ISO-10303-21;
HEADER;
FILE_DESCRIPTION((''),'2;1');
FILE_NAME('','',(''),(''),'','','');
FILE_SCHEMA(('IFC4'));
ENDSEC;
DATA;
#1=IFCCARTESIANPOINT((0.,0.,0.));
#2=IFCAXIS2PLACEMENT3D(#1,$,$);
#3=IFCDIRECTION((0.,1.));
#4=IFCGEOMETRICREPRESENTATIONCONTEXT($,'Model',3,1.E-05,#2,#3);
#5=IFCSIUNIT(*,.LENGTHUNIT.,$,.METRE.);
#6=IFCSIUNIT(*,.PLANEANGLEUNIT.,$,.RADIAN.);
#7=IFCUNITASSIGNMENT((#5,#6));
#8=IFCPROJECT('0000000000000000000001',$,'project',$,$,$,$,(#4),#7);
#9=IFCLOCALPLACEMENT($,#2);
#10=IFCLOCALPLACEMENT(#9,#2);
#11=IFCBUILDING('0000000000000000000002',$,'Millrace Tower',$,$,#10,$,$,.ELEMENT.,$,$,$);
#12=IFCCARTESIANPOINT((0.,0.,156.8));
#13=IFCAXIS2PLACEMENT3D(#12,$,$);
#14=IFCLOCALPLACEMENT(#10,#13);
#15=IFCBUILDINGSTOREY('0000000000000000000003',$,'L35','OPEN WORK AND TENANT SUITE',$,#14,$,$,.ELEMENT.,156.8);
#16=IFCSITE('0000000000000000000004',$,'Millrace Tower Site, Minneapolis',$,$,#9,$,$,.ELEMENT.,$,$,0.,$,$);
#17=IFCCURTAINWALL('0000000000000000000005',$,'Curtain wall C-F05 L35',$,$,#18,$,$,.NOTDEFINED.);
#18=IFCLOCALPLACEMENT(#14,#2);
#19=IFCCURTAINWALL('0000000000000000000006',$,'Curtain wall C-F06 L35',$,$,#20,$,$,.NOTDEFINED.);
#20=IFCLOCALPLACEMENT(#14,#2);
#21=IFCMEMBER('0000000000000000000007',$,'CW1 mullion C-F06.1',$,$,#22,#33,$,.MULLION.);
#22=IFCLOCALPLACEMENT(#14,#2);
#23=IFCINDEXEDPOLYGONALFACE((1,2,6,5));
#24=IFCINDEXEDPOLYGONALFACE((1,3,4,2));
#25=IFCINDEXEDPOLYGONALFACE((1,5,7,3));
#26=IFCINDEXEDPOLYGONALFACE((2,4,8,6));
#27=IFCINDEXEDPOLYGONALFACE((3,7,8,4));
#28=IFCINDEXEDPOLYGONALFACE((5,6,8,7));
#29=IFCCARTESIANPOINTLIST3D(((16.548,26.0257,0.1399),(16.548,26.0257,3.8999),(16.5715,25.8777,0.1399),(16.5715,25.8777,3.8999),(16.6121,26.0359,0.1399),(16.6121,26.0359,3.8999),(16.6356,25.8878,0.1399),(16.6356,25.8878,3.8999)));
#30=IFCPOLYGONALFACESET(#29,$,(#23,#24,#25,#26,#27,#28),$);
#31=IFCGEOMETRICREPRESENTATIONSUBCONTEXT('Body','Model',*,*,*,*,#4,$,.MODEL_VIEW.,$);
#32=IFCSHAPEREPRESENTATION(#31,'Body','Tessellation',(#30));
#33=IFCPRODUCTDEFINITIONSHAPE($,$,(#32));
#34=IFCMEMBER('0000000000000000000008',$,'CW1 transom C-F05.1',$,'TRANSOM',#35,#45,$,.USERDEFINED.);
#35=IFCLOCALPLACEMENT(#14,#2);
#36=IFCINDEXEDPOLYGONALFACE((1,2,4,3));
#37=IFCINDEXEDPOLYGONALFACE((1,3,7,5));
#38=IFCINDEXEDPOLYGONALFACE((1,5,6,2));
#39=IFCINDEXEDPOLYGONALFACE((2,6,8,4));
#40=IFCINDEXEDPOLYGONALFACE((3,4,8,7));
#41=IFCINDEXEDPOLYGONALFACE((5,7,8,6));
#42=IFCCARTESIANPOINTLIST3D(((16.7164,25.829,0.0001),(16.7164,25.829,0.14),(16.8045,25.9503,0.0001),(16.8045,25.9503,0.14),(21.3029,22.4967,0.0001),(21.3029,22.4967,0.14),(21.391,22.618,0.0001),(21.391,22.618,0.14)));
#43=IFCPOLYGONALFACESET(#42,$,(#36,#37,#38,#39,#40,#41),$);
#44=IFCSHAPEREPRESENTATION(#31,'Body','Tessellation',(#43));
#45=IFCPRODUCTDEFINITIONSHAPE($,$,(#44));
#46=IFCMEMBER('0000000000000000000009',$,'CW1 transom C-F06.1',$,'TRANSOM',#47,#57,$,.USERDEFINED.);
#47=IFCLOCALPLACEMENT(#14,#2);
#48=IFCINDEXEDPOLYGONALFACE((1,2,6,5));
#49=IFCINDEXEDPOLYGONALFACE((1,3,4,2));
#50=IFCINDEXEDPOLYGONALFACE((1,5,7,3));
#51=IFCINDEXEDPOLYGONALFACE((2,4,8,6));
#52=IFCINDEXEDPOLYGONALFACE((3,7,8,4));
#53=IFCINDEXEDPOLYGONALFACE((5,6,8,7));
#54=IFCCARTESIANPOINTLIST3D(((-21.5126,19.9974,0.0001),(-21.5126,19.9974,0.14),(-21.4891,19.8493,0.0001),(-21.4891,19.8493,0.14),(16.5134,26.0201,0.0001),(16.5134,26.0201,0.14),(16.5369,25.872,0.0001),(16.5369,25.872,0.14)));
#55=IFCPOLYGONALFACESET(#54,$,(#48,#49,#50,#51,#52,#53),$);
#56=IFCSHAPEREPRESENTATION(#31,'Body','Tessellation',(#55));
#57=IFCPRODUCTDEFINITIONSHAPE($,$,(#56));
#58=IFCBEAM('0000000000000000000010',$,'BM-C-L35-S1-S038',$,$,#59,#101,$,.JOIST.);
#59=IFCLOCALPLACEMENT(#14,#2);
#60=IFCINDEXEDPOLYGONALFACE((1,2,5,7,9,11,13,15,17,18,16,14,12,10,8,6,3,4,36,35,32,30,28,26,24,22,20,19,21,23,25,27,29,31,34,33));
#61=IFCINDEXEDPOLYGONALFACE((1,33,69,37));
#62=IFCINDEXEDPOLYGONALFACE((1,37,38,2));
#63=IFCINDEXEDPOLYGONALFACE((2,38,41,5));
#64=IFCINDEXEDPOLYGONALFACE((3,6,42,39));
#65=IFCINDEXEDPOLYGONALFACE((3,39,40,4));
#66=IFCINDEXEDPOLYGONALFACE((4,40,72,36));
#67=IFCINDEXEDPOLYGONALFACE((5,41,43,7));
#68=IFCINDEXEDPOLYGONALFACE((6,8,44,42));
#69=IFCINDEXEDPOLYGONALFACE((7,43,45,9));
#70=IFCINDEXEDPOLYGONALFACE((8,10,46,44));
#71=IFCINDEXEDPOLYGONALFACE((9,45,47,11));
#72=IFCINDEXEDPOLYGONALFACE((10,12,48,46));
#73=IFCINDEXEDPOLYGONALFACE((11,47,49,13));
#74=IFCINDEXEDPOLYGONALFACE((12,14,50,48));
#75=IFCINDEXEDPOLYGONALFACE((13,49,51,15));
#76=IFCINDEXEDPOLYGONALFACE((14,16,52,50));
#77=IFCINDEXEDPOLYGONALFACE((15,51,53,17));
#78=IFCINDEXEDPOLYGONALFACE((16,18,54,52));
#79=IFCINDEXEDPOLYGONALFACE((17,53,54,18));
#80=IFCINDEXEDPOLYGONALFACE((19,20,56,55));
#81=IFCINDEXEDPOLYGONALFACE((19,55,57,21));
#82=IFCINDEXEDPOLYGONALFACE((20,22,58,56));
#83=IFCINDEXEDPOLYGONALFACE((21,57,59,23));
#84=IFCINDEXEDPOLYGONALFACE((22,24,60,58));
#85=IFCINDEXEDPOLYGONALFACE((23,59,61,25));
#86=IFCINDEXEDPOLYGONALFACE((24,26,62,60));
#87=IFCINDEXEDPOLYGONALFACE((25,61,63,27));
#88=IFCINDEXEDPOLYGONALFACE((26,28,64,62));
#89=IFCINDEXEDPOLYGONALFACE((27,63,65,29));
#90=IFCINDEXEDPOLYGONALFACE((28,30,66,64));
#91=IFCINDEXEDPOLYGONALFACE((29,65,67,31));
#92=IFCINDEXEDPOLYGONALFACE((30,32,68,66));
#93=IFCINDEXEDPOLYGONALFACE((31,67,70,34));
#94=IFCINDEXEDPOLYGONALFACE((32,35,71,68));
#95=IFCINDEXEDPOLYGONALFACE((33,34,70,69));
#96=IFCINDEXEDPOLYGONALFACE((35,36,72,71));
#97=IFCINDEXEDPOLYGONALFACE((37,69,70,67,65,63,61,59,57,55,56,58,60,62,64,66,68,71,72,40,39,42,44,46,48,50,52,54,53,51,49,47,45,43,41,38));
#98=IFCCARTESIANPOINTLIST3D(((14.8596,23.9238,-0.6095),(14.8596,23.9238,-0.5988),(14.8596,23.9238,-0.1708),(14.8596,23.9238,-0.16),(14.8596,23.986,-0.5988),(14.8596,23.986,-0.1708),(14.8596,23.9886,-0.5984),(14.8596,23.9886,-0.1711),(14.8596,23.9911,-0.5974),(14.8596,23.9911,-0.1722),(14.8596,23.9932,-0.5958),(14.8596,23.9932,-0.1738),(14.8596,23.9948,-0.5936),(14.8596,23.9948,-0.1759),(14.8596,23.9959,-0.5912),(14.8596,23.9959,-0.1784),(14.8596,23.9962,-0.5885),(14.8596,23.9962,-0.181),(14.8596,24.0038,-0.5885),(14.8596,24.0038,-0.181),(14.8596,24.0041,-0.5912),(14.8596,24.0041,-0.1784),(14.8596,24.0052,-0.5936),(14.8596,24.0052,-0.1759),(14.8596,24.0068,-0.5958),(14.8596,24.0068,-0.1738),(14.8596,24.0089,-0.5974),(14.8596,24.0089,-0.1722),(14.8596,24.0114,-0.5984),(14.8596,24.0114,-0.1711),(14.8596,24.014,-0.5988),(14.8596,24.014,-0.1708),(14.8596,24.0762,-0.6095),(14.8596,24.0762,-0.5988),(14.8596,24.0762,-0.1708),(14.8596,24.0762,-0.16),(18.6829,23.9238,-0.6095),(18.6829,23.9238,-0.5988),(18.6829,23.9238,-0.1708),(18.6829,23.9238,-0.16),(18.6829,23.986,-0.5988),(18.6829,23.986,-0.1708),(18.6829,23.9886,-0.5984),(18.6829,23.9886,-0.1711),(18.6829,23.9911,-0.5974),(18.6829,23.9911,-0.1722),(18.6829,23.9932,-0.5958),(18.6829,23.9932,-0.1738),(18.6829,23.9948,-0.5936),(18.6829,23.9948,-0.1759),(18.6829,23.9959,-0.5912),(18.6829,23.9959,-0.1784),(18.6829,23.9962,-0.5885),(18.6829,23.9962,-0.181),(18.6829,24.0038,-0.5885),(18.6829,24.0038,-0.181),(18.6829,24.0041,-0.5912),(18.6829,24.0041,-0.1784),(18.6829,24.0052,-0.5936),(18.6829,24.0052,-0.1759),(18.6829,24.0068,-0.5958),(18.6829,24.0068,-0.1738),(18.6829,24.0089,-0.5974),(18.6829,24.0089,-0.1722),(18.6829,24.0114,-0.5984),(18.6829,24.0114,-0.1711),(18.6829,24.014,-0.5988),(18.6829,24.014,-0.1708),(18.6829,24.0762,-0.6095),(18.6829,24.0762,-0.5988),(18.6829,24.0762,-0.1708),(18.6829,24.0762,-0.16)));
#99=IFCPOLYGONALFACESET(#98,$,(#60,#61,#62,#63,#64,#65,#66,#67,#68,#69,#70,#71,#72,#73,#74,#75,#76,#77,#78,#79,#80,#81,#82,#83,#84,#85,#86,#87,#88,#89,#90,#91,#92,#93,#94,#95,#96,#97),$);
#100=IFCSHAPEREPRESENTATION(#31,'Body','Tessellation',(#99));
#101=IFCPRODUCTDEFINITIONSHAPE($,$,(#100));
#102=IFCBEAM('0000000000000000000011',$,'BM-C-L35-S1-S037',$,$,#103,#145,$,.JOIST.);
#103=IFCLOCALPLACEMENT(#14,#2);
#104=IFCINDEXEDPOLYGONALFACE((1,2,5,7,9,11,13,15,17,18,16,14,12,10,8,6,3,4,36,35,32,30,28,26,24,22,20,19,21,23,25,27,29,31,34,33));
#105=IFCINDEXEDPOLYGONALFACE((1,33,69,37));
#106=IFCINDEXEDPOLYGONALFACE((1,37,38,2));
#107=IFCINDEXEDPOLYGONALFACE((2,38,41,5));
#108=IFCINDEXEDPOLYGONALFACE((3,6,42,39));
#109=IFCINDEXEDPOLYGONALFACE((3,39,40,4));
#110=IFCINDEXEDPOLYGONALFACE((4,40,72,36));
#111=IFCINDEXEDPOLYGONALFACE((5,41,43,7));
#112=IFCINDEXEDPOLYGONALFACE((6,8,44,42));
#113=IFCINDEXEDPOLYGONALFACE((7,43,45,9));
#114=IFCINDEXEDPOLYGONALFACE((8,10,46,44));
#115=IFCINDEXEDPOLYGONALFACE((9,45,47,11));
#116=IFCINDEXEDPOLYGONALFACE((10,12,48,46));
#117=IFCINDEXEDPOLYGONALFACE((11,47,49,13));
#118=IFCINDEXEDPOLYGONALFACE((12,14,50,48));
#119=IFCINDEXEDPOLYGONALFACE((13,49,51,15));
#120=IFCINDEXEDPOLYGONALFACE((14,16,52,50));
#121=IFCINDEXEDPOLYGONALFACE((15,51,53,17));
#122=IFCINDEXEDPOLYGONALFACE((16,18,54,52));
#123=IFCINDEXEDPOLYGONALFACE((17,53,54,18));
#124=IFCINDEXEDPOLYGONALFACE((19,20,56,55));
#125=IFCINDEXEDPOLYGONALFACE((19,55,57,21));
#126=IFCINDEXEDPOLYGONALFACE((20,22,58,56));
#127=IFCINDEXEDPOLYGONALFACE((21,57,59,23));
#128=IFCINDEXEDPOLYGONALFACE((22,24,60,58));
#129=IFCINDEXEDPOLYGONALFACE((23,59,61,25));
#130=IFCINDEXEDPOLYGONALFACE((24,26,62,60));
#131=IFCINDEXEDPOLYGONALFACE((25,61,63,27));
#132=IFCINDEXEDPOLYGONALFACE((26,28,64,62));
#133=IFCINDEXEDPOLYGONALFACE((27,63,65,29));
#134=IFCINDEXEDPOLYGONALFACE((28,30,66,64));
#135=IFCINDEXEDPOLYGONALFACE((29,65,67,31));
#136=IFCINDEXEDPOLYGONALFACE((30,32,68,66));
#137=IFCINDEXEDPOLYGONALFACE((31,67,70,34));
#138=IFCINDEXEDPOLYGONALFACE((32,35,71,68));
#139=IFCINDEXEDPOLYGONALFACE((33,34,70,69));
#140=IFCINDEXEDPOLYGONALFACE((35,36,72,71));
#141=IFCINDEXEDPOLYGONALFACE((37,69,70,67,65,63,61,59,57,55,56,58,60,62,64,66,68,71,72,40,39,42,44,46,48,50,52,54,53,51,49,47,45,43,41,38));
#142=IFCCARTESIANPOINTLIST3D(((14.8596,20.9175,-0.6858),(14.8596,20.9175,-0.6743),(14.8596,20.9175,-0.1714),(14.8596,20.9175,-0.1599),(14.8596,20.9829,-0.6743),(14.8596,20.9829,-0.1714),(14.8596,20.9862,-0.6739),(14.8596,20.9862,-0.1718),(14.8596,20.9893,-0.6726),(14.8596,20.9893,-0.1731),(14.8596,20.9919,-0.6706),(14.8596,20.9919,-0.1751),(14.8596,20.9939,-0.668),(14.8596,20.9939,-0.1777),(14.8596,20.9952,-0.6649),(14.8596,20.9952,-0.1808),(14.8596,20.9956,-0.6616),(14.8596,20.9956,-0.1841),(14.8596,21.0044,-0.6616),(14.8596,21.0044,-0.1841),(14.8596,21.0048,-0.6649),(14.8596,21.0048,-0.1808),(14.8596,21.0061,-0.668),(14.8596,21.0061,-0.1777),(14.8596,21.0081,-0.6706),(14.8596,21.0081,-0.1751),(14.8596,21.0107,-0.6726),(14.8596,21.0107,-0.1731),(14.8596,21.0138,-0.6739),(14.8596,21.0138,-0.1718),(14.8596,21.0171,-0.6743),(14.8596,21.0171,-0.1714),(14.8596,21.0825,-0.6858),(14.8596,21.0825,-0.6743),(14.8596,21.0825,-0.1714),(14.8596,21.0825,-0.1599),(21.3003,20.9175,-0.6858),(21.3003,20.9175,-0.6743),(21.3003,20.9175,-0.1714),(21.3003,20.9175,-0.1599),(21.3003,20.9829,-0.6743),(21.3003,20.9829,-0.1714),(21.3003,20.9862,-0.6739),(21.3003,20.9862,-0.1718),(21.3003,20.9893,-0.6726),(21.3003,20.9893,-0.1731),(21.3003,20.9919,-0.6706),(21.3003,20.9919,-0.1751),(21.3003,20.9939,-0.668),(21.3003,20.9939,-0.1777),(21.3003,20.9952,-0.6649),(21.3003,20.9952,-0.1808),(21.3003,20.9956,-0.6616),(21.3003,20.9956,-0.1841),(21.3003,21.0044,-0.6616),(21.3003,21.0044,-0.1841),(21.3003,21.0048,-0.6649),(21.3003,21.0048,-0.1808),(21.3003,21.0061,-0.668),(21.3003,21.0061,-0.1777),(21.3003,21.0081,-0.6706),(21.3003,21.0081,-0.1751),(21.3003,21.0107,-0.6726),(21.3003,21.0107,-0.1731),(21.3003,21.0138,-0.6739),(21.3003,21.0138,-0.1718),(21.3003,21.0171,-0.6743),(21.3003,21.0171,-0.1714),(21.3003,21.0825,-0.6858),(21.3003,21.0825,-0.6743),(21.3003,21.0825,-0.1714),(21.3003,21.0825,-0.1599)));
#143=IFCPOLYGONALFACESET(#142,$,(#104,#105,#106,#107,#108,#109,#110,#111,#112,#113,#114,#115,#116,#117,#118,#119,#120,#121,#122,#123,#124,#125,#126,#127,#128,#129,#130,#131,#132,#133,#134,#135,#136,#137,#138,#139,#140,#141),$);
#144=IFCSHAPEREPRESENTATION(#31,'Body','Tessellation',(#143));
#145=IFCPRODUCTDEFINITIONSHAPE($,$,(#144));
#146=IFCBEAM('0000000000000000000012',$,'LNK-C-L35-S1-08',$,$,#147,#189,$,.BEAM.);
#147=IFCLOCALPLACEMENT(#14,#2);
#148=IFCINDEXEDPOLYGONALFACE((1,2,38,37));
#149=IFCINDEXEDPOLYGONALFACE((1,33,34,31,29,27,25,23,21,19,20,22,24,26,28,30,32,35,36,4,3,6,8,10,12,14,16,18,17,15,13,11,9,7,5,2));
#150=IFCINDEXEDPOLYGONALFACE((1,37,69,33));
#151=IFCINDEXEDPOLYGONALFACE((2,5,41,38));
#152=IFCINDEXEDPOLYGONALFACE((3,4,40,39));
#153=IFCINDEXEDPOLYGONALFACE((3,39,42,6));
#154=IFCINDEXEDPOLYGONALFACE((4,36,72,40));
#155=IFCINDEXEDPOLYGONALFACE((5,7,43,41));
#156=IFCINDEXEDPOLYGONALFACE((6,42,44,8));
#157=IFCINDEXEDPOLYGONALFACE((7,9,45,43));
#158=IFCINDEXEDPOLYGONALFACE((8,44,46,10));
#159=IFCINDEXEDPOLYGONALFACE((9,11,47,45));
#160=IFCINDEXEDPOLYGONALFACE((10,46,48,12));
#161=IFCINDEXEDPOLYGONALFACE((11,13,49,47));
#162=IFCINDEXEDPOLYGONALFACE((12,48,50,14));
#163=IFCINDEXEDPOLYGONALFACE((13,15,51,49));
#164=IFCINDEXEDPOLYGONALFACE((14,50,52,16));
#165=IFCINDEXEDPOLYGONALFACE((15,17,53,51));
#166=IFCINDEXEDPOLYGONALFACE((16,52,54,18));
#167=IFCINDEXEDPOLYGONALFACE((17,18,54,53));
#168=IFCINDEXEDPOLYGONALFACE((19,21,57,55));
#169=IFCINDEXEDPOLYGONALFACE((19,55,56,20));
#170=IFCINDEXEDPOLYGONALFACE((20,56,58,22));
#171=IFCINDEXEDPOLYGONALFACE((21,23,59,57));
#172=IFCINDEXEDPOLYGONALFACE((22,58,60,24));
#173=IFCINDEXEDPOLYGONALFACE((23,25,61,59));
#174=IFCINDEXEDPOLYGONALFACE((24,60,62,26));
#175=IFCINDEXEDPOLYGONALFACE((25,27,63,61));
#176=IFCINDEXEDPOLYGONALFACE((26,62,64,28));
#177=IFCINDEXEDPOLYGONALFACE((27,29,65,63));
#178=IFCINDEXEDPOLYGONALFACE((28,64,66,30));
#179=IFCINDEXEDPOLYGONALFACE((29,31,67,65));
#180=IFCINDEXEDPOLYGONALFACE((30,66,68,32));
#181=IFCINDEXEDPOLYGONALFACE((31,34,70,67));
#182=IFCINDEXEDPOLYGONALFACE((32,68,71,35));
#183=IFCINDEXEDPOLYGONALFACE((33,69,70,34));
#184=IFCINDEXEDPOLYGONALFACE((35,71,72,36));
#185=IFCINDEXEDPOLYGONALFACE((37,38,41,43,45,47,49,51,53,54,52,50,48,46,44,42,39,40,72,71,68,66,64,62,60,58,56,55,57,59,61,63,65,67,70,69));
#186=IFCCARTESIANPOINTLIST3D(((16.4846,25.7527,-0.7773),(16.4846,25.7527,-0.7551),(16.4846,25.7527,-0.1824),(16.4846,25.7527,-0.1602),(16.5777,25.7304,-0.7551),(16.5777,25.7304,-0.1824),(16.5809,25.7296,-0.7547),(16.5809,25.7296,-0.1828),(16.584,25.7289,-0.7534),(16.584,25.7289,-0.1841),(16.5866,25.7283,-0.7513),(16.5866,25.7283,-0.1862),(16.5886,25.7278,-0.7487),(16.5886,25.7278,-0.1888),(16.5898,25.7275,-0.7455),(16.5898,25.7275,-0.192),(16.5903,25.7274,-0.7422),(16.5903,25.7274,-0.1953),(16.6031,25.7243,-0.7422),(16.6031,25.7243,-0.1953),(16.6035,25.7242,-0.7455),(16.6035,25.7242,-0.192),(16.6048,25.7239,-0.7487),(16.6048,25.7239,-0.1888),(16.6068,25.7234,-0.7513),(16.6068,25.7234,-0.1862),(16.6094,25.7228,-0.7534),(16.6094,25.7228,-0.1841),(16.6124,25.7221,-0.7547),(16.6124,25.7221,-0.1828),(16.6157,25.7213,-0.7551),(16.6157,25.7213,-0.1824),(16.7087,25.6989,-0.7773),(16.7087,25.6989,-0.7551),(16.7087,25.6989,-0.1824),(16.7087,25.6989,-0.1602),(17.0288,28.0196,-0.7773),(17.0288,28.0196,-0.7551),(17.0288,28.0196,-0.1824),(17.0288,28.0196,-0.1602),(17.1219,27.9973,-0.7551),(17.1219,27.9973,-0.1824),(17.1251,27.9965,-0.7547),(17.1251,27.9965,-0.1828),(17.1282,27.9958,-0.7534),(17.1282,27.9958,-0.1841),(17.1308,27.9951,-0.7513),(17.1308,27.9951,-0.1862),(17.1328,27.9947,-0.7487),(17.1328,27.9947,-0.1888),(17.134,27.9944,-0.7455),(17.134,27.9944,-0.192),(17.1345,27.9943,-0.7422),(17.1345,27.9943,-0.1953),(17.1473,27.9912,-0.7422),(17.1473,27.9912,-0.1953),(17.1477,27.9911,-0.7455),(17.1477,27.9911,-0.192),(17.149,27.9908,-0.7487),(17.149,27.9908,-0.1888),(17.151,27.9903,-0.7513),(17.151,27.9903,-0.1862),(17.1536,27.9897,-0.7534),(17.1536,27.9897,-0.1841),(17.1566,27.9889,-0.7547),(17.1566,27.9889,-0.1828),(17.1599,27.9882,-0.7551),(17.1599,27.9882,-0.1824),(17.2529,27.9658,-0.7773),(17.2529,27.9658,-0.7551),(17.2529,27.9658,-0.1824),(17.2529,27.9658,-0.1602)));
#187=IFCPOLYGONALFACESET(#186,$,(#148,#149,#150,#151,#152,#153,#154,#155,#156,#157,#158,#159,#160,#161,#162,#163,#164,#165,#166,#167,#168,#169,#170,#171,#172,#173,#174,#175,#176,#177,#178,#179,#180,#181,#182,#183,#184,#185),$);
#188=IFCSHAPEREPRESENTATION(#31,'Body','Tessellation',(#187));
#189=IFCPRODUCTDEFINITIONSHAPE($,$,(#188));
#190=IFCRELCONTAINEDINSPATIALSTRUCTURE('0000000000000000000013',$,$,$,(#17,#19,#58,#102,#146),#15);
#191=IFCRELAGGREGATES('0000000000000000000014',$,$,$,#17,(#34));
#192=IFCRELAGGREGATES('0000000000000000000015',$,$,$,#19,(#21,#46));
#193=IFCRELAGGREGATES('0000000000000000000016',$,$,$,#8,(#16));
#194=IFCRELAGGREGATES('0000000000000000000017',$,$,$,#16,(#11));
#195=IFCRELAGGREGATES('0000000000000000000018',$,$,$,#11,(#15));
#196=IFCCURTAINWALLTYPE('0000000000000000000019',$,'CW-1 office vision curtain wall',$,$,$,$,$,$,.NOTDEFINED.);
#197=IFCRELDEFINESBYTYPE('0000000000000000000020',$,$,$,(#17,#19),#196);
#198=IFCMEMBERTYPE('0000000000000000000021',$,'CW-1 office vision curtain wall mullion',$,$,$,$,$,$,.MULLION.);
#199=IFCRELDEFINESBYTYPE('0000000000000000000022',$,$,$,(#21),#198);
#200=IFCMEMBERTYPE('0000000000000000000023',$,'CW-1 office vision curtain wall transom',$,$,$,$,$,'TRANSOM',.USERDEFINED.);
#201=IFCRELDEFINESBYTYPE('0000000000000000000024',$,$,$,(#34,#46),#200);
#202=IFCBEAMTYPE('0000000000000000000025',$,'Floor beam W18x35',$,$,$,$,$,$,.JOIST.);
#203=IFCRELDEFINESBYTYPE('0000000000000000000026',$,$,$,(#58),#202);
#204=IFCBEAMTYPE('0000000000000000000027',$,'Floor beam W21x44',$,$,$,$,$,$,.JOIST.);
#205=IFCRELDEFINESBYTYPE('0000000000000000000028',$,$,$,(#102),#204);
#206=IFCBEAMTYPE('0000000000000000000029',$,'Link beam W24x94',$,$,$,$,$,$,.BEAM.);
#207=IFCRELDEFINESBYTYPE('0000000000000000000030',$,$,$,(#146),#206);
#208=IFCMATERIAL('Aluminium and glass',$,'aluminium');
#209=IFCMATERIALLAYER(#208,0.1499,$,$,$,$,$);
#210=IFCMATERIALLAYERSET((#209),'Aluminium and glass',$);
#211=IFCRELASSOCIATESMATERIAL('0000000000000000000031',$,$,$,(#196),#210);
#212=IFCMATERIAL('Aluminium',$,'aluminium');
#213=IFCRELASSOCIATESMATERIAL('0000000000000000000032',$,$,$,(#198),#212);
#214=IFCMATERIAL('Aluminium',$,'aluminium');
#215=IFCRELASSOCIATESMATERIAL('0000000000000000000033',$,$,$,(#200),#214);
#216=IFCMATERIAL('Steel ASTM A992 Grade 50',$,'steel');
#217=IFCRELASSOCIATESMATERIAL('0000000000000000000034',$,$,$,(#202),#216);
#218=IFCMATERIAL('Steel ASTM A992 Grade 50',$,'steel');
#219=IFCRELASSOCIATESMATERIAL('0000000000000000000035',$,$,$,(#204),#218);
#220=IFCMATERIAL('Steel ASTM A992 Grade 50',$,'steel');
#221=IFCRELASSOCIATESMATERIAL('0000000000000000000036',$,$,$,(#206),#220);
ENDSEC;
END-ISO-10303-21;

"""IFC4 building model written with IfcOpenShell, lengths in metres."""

from ifc_helpers import new_model, si_unit, direction, frame, origin, origin_2d, place, context, subcontext, project, spatial, rectangle, i_section, extrude, material, layer, layer_set, material_profile, profile_set, type_object, element, aggregate, save


model = new_model("IFC4")

# Units and contexts
model_context = context("Model", 3, precision=1e-05, world=origin(), true_north=direction((0.0, 1.0)))
body_context = subcontext(model_context, "Body", "Model", "MODEL_VIEW")
ifc_project = project(units=[si_unit("LENGTHUNIT", "METRE"), si_unit("PLANEANGLEUNIT", "RADIAN")], contexts=[model_context])

# Site, building, storey
site_placement = place(None, origin())
site = spatial("IfcSite", under=ifc_project, at=site_placement, Name="Millrace Tower Site, Minneapolis", CompositionType="ELEMENT", RefElevation=0.0)
building_placement = place(site_placement, origin())
building = spatial("IfcBuilding", under=site, at=building_placement, Name="Millrace Tower", CompositionType="ELEMENT")
storey_placement = place(building_placement, frame((0.0, 0.0, 156.8)))
storey = spatial("IfcBuildingStorey", under=building, at=storey_placement, Name="L35", Description="OPEN WORK AND TENANT SUITE", CompositionType="ELEMENT", Elevation=156.8)

# Shared definitions
ifc_material_1 = material(Name="Aluminium and glass", Category="aluminium")
ifc_layer_1 = layer(ifc_material_1, 0.1499)
ifc_layer_set_1 = layer_set([ifc_layer_1], Name="Aluminium and glass")
curtain_wall_type = type_object("IfcCurtainWallType", Name="CW-1 office vision curtain wall", PredefinedType="NOTDEFINED", material=ifc_layer_set_1)
placement = place(storey_placement, origin())
ifc_material_2 = material(Name="Aluminium", Category="aluminium")
ifc_material_profile_1 = material_profile(ifc_material_2, rectangle(XDim=0.0649, YDim=0.1499, at=origin_2d()))
ifc_profile_set_1 = profile_set([ifc_material_profile_1], Name="Aluminium")
member_type_1 = type_object("IfcMemberType", Name="CW-1 office vision curtain wall mullion", PredefinedType="MULLION", material=ifc_profile_set_1)

# Curtain walls, member
curtain_wall_1 = element("IfcCurtainWall", 1, at=placement, inside=storey, type_object=curtain_wall_type, Name="Curtain wall C-F05 L35", PredefinedType="NOTDEFINED")
curtain_wall_2 = element("IfcCurtainWall", 2, at=placement, inside=storey, type_object=curtain_wall_type, Name="Curtain wall C-F06 L35", PredefinedType="NOTDEFINED")
member_1_placement = place(storey_placement, frame((16.5918, 25.9568, 0.1399), z_axis=(0.0, 0.0, 1.0), x_axis=(-0.987688, -0.156434, 0.0)))
member_1 = element("IfcMember", 3, at=member_1_placement, type_object=member_type_1, Name="CW1 mullion C-F06.1", PredefinedType="MULLION", context=body_context, shape_type="SweptSolid", body=[
    extrude(rectangle(XDim=0.0649, YDim=0.1499, at=origin_2d()), origin(), (0.0, 0.0, 1.0), 3.76),
])

# Members
ifc_material_3 = material(Name="Aluminium", Category="aluminium")
ifc_material_profile_2 = material_profile(ifc_material_3, rectangle(XDim=0.1499, YDim=0.1399, at=origin_2d()))
ifc_profile_set_2 = profile_set([ifc_material_profile_2], Name="Aluminium")
member_type_2 = type_object("IfcMemberType", Name="CW-1 office vision curtain wall transom", ElementType="TRANSOM", PredefinedType="USERDEFINED", material=ifc_profile_set_2)
member_2_placement = place(storey_placement, frame((21.3469, 22.5574, 0.0701), z_axis=(-0.809013, 0.58779, 0.0), x_axis=(-0.58779, -0.809013, 0.0)))
member_2 = element("IfcMember", 4, at=member_2_placement, type_object=member_type_2, Name="CW1 transom C-F05.1", ObjectType="TRANSOM", PredefinedType="USERDEFINED", context=body_context, shape_type="SweptSolid", body=[
    extrude(rectangle(XDim=0.1499, YDim=0.1399, at=origin_2d()), origin(), (0.0, 0.0, 1.0), 5.6692),
])
aggregate(curtain_wall_1, [member_2])
member_3_placement = place(storey_placement, frame((16.5251, 25.946, 0.0701), z_axis=(-0.987689, -0.156433, 0.0), x_axis=(0.156433, -0.987689, 0.0)))
member_3 = element("IfcMember", 5, at=member_3_placement, type_object=member_type_2, Name="CW1 transom C-F06.1", ObjectType="TRANSOM", PredefinedType="USERDEFINED", context=body_context, shape_type="SweptSolid", body=[
    extrude(rectangle(XDim=0.1499, YDim=0.1399, at=origin_2d()), origin(), (0.0, 0.0, 1.0), 38.5),
])
aggregate(curtain_wall_2, [member_1, member_3])

# Beams
ifc_material_4 = material(Name="Steel ASTM A992 Grade 50", Category="steel")
ifc_material_profile_3 = material_profile(ifc_material_4, i_section(OverallWidth=0.1523, OverallDepth=0.4495, WebThickness=0.0076, FlangeThickness=0.0107, FilletRadius=0.0103, at=origin_2d()))
ifc_profile_set_3 = profile_set([ifc_material_profile_3], Name="Steel ASTM A992 Grade 50")
beam_type_1 = type_object("IfcBeamType", Name="Floor beam W18x35", PredefinedType="JOIST", material=ifc_profile_set_3)
beam_1_placement = place(storey_placement, frame((14.8596, 24.0, -0.3848), z_axis=(1.0, 0.0, 0.0), x_axis=(0.0, 1.0, 0.0)))
element("IfcBeam", 6, at=beam_1_placement, inside=storey, type_object=beam_type_1, Name="BM-C-L35-S1-S038", PredefinedType="JOIST", context=body_context, shape_type="SweptSolid", body=[
    extrude(i_section(OverallWidth=0.1523, OverallDepth=0.4495, WebThickness=0.0076, FlangeThickness=0.0107, FilletRadius=0.0103, at=origin_2d()), origin(), (0.0, 0.0, 1.0), 3.8232),
])
ifc_material_5 = material(Name="Steel ASTM A992 Grade 50", Category="steel")
ifc_material_profile_4 = material_profile(ifc_material_5, i_section(OverallWidth=0.165, OverallDepth=0.5259, WebThickness=0.0088, FlangeThickness=0.0115, FilletRadius=0.0127, at=origin_2d()))
ifc_profile_set_4 = profile_set([ifc_material_profile_4], Name="Steel ASTM A992 Grade 50")
beam_type_2 = type_object("IfcBeamType", Name="Floor beam W21x44", PredefinedType="JOIST", material=ifc_profile_set_4)
beam_2_placement = place(storey_placement, frame((14.8596, 21.0, -0.4229), z_axis=(1.0, 0.0, 0.0), x_axis=(0.0, 1.0, 0.0)))
element("IfcBeam", 7, at=beam_2_placement, inside=storey, type_object=beam_type_2, Name="BM-C-L35-S1-S037", PredefinedType="JOIST", context=body_context, shape_type="SweptSolid", body=[
    extrude(i_section(OverallWidth=0.165, OverallDepth=0.5259, WebThickness=0.0088, FlangeThickness=0.0115, FilletRadius=0.0127, at=origin_2d()), origin(), (0.0, 0.0, 1.0), 6.4407),
])
ifc_material_6 = material(Name="Steel ASTM A992 Grade 50", Category="steel")
ifc_material_profile_5 = material_profile(ifc_material_6, i_section(OverallWidth=0.2305, OverallDepth=0.6172, WebThickness=0.0132, FlangeThickness=0.0222, FilletRadius=0.0129, at=origin_2d()))
ifc_profile_set_5 = profile_set([ifc_material_profile_5], Name="Steel ASTM A992 Grade 50")
beam_type_3 = type_object("IfcBeamType", Name="Link beam W24x94", PredefinedType="BEAM", material=ifc_profile_set_5)
beam_3_placement = place(storey_placement, frame((16.5967, 25.7258, -0.4688), z_axis=(0.233432, 0.972373, 0.0), x_axis=(-0.972373, 0.233432, 0.0)))
element("IfcBeam", 8, at=beam_3_placement, inside=storey, type_object=beam_type_3, Name="LNK-C-L35-S1-08", PredefinedType="BEAM", context=body_context, shape_type="SweptSolid", body=[
    extrude(i_section(OverallWidth=0.2305, OverallDepth=0.6172, WebThickness=0.0132, FlangeThickness=0.0222, FilletRadius=0.0129, at=origin_2d()), origin(), (0.0, 0.0, 1.0), 2.3313),
])

save(model, "model.ifc")
